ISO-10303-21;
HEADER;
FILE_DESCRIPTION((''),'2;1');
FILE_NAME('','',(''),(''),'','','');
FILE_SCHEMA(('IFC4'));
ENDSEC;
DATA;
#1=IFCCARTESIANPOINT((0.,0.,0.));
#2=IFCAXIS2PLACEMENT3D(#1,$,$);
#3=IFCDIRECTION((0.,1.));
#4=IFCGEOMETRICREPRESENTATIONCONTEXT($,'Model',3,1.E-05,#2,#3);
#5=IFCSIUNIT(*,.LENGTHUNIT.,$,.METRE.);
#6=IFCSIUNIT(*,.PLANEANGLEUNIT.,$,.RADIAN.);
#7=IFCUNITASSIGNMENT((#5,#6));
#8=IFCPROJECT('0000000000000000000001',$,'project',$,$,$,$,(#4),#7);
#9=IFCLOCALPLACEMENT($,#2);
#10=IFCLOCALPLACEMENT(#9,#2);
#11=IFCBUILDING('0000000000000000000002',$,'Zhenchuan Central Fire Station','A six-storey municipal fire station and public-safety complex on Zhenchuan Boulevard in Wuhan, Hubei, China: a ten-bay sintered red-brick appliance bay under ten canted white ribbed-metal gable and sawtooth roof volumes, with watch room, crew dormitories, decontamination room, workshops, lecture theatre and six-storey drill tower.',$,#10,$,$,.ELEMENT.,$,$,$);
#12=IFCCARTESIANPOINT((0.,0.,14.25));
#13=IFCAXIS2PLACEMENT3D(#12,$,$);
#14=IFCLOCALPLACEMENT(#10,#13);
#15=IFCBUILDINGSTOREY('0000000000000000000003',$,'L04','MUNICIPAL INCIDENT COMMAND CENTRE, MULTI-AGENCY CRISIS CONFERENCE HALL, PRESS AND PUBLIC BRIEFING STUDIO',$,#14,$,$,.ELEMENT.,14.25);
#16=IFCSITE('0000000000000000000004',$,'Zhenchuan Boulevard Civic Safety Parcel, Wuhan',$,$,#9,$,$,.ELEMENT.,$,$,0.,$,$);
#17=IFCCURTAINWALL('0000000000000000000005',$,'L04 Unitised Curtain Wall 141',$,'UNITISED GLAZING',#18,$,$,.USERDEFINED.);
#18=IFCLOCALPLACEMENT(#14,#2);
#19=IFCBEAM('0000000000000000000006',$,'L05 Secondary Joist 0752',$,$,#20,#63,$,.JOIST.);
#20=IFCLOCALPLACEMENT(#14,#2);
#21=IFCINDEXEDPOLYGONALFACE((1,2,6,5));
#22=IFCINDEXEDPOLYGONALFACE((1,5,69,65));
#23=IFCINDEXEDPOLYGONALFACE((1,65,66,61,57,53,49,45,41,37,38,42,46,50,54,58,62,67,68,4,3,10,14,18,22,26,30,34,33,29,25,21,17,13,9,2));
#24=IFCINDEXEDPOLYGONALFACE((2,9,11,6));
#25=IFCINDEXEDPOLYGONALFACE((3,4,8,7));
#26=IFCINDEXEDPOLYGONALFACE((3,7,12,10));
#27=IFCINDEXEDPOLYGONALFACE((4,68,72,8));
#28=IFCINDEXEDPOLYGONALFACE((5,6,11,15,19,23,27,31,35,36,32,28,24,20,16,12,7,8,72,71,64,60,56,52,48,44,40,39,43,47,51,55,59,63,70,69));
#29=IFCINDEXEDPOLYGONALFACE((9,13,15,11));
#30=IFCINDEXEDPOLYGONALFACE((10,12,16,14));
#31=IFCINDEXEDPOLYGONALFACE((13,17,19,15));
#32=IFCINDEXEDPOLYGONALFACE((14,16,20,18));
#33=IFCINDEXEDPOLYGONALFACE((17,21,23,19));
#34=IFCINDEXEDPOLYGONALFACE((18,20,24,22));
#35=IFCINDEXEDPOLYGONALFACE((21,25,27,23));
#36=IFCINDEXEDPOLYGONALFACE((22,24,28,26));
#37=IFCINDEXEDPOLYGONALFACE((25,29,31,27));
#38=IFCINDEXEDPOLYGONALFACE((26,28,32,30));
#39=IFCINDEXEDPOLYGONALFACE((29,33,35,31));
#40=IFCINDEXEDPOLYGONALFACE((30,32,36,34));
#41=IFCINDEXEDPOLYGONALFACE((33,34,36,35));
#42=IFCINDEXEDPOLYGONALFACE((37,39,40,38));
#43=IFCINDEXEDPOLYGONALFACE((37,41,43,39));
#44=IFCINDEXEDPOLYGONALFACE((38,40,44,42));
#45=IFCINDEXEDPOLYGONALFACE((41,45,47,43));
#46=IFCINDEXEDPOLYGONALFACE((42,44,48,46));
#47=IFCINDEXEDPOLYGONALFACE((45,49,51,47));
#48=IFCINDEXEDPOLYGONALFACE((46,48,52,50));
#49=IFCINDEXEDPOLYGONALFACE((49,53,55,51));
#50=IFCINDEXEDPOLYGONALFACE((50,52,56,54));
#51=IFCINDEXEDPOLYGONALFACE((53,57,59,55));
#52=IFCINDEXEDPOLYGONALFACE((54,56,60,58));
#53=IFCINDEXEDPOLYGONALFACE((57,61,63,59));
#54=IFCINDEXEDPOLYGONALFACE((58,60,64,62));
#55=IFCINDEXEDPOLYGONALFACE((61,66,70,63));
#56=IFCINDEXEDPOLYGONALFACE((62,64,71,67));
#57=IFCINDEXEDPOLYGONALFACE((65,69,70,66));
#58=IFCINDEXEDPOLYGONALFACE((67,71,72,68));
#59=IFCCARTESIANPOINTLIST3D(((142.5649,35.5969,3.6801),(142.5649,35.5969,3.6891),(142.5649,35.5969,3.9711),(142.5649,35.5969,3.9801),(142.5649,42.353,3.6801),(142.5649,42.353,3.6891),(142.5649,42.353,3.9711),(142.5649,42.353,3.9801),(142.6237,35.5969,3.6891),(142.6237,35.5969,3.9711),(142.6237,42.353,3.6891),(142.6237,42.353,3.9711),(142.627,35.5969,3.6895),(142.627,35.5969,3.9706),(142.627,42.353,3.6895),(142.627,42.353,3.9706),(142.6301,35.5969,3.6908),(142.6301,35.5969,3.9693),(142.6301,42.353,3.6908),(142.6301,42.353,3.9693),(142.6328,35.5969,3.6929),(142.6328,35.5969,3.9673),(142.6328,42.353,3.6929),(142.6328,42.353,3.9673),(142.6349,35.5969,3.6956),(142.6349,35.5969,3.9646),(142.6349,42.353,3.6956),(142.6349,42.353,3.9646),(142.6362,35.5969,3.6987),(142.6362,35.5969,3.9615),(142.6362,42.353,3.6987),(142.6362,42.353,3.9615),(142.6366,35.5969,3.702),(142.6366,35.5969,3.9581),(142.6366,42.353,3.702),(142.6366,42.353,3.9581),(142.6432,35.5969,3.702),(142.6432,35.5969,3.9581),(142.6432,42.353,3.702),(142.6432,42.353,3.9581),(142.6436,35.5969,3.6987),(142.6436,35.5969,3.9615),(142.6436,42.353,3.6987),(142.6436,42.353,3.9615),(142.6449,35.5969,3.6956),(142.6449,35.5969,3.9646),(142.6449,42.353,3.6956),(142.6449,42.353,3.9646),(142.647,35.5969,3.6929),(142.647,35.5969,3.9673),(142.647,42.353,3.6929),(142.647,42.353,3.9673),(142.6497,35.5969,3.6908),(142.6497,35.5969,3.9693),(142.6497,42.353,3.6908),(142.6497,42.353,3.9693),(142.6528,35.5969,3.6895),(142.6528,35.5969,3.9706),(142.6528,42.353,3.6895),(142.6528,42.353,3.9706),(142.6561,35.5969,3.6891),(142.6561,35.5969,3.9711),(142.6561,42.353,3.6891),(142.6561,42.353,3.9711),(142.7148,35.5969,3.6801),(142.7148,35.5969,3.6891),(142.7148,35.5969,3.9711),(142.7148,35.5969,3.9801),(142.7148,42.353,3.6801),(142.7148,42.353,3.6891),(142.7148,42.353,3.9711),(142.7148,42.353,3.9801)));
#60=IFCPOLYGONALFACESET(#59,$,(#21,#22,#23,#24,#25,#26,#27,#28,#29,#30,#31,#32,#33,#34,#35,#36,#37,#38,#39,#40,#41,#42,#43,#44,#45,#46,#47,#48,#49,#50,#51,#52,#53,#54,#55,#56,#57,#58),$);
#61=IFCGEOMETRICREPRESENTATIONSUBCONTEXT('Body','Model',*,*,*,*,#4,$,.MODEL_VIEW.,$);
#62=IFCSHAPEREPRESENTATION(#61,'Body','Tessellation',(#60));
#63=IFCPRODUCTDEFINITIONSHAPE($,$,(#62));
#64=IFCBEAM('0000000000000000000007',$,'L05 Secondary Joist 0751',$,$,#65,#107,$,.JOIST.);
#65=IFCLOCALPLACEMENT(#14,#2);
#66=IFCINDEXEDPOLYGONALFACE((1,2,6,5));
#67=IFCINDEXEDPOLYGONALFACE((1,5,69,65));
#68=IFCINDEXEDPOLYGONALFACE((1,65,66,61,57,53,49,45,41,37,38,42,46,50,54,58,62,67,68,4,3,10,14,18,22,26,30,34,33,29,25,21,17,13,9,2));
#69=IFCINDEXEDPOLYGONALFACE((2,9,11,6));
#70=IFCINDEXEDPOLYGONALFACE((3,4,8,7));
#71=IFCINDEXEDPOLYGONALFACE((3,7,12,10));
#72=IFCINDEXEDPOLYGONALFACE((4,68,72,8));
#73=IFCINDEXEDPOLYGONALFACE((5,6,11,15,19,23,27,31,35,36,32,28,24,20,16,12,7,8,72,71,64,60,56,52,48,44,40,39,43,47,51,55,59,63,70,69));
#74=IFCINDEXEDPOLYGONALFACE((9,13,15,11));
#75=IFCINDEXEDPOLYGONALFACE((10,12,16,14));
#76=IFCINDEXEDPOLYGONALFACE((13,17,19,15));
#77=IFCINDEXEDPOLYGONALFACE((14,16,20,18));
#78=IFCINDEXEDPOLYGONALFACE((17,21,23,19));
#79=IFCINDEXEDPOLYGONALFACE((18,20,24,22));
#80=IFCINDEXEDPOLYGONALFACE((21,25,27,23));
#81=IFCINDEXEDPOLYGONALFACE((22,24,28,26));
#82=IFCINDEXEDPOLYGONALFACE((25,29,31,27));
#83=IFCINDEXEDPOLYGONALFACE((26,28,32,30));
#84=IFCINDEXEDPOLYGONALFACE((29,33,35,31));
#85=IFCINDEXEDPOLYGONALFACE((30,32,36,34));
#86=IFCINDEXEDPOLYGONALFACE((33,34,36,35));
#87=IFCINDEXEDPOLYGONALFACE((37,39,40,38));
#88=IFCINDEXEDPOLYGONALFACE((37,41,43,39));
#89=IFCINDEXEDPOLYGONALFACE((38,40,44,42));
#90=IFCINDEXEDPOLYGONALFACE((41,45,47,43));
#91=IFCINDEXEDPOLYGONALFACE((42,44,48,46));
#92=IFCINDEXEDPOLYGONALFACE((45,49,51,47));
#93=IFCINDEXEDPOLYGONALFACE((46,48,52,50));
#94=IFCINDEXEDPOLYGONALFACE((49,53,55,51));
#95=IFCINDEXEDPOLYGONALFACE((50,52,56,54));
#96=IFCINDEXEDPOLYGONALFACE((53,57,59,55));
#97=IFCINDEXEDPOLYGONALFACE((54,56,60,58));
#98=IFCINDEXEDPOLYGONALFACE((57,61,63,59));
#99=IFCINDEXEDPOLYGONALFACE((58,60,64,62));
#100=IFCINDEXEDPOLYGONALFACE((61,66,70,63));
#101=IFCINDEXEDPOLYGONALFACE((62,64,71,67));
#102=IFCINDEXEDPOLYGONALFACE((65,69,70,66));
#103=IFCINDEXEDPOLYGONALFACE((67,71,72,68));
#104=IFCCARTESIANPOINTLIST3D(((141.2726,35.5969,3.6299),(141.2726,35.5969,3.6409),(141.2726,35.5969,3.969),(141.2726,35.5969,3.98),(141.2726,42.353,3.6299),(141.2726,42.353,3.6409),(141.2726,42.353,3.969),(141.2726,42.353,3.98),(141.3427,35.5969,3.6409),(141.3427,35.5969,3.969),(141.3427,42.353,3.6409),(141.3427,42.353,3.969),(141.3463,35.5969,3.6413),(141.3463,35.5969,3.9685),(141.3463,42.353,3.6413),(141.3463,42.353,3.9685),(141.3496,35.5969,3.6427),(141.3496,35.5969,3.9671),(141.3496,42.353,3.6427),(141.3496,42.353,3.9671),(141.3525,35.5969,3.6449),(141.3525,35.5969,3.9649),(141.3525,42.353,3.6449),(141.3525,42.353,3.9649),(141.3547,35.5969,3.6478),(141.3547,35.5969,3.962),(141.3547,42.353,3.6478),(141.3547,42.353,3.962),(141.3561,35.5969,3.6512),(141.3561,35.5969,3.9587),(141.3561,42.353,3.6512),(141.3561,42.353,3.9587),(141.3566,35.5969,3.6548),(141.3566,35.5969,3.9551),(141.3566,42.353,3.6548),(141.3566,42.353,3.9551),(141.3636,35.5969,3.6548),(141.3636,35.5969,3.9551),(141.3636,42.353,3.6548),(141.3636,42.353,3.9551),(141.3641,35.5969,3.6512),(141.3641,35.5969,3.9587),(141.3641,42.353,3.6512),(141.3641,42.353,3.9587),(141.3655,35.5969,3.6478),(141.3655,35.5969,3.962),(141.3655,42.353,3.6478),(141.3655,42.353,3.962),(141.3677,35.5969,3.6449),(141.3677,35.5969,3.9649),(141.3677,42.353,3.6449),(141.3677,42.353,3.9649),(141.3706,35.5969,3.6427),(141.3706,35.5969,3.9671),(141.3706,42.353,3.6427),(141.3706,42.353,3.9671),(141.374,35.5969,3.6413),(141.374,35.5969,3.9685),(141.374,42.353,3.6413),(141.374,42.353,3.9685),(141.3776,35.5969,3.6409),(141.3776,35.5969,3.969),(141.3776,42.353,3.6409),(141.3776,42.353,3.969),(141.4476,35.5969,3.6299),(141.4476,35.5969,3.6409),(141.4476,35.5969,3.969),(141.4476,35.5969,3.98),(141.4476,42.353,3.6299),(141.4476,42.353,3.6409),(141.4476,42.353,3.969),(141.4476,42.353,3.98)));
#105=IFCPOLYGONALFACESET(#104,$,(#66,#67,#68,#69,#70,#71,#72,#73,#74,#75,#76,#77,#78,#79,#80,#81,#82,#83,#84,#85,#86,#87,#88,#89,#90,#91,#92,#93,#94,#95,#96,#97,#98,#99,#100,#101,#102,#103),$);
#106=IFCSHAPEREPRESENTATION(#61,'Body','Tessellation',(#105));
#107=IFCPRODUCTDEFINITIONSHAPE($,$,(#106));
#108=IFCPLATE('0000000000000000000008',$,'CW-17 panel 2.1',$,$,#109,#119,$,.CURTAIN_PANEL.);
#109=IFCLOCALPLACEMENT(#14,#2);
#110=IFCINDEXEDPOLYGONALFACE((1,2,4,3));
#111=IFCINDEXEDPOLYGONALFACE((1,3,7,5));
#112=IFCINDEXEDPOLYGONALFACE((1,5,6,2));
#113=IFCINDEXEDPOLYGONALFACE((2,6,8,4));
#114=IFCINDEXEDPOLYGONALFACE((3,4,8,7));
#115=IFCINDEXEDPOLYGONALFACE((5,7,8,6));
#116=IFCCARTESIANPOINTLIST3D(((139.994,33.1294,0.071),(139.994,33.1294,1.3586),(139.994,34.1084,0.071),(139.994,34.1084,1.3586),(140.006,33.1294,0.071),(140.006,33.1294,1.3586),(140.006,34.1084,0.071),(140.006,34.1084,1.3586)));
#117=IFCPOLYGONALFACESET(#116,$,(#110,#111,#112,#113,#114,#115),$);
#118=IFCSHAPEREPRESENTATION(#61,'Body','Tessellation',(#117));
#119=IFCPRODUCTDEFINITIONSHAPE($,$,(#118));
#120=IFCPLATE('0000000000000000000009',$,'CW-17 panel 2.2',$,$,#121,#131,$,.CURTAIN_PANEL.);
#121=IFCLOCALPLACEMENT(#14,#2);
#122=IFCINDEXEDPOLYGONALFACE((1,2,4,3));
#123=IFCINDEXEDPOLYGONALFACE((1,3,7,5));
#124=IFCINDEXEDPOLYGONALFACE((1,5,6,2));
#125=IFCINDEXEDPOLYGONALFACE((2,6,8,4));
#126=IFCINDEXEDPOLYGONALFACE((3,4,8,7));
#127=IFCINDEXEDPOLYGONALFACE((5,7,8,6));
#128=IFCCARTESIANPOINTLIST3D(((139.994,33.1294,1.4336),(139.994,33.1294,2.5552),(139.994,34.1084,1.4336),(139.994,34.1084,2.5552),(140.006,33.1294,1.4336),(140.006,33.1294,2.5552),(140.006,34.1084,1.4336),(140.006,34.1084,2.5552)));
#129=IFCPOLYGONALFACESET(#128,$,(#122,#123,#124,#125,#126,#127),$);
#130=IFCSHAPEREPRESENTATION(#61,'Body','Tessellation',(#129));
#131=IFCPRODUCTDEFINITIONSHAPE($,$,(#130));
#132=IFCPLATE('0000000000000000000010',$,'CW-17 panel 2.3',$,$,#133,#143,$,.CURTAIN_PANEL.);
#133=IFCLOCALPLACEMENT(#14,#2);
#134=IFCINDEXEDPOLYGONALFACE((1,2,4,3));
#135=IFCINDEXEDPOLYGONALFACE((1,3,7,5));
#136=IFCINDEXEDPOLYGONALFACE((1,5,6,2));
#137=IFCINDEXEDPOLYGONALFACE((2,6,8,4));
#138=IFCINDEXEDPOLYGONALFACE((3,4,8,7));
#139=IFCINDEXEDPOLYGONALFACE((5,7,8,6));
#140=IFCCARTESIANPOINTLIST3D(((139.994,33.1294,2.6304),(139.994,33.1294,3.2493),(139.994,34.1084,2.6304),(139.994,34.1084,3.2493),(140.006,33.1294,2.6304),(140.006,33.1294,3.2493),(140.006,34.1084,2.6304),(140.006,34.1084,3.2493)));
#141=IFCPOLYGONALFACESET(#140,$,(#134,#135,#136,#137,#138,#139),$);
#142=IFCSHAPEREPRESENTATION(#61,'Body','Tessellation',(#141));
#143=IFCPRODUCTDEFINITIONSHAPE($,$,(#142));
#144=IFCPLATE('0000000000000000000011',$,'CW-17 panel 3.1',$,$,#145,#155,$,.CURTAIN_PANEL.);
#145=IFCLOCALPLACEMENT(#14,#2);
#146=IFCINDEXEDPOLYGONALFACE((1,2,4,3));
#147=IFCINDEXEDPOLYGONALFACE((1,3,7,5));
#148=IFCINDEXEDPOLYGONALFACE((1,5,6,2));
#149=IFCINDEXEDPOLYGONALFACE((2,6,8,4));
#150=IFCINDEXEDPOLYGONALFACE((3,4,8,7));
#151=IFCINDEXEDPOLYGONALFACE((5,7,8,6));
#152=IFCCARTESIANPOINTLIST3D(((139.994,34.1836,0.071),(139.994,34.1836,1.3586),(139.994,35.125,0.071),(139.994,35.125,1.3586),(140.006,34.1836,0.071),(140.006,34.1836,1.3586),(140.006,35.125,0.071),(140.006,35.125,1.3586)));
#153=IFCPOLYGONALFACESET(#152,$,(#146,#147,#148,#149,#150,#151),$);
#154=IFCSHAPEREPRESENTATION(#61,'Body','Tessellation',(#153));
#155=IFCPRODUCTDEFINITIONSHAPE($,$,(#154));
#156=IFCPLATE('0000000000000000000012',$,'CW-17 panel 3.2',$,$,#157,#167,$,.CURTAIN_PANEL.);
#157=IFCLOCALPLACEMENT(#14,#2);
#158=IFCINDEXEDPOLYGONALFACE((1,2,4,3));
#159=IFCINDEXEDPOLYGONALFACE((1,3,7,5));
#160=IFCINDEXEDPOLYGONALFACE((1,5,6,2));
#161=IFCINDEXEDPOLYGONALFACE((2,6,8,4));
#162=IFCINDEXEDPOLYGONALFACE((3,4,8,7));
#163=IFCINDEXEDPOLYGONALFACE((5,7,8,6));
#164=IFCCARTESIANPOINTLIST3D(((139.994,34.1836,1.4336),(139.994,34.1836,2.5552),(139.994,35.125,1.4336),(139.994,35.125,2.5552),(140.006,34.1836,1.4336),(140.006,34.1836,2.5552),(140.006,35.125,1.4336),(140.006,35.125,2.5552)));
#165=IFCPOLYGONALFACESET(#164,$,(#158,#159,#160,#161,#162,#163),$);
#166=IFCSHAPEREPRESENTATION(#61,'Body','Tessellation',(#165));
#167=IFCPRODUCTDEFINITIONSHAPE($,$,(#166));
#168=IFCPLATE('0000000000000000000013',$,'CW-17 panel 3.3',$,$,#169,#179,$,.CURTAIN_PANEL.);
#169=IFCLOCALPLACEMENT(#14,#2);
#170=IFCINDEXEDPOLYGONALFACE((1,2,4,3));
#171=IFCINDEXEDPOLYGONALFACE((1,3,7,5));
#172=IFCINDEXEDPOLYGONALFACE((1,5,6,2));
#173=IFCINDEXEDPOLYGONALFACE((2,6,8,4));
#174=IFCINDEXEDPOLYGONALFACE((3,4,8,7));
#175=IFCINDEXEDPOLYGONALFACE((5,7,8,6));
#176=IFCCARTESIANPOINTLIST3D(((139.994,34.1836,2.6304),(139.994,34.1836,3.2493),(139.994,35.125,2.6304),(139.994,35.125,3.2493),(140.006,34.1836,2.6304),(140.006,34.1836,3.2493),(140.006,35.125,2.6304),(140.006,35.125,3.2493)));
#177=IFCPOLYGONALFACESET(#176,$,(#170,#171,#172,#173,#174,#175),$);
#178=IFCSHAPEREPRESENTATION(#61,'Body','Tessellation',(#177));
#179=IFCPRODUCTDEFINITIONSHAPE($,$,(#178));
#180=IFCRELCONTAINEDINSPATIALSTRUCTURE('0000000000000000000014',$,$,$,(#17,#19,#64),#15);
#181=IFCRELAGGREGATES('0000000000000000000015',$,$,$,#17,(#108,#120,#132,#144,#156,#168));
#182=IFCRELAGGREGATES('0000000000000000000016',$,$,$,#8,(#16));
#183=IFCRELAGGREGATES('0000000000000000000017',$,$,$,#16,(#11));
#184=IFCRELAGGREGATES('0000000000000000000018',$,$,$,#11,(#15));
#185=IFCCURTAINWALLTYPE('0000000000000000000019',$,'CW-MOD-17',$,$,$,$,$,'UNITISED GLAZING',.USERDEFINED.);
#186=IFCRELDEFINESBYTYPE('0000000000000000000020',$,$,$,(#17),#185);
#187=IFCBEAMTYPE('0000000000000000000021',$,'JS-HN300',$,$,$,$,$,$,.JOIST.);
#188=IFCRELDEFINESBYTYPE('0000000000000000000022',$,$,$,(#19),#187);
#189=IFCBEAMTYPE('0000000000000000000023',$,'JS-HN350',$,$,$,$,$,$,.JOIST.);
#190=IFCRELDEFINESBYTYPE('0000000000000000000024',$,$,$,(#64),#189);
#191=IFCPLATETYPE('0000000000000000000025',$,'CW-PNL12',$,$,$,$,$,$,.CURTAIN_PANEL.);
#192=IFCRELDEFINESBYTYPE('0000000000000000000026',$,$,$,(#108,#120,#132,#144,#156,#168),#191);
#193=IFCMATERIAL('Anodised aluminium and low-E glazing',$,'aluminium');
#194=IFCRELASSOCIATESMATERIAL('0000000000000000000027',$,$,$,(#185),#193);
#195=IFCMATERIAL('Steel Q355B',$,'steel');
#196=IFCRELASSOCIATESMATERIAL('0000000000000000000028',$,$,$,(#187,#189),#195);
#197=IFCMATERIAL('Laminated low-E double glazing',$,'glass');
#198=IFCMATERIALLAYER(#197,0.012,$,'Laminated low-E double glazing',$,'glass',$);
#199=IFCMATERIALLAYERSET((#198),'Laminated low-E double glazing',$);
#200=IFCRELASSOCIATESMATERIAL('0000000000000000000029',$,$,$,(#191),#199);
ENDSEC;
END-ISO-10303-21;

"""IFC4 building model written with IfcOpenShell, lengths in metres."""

from ifc_helpers import new_model, si_unit, direction, frame, origin, origin_2d, place, context, subcontext, project, spatial, rectangle, i_section, extrude, material, layer, layer_set, material_profile, profile_set, type_object, element, aggregate, save


model = new_model("IFC4")

# Units and contexts
model_context = context("Model", 3, precision=1e-05, world=origin(), true_north=direction((0.0, 1.0)))
body_context = subcontext(model_context, "Body", "Model", "MODEL_VIEW")
ifc_project = project(units=[si_unit("LENGTHUNIT", "METRE"), si_unit("PLANEANGLEUNIT", "RADIAN")], contexts=[model_context])

# Site, building, storey
site_placement = place(None, origin())
site = spatial("IfcSite", under=ifc_project, at=site_placement, Name="Zhenchuan Boulevard Civic Safety Parcel, Wuhan", CompositionType="ELEMENT", RefElevation=0.0)
building_placement = place(site_placement, origin())
building = spatial("IfcBuilding", under=site, at=building_placement, Name="Zhenchuan Central Fire Station", Description="A six-storey municipal fire station and public-safety complex on Zhenchuan Boulevard in Wuhan, Hubei, China: a ten-bay sintered red-brick appliance bay under ten canted white ribbed-metal gable and sawtooth roof volumes, with watch room, crew dormitories, decontamination room, workshops, lecture theatre and six-storey drill tower.", CompositionType="ELEMENT")
storey_placement = place(building_placement, frame((0.0, 0.0, 14.25)))
storey = spatial("IfcBuildingStorey", under=building, at=storey_placement, Name="L04", Description="MUNICIPAL INCIDENT COMMAND CENTRE, MULTI-AGENCY CRISIS CONFERENCE HALL, PRESS AND PUBLIC BRIEFING STUDIO", CompositionType="ELEMENT", Elevation=14.25)

# Shared definitions
ifc_material_1 = material(Name="Steel Q355B", Category="steel")

# Curtain wall
ifc_material_2 = material(Name="Anodised aluminium and low-E glazing", Category="aluminium")
curtain_wall_type_1 = type_object("IfcCurtainWallType", Name="CW-MOD-17", ElementType="UNITISED GLAZING", PredefinedType="USERDEFINED", material=ifc_material_2)
curtain_wall_1_placement = place(storey_placement, origin())
curtain_wall_1 = element("IfcCurtainWall", 1, at=curtain_wall_1_placement, inside=storey, type_object=curtain_wall_type_1, Name="L04 Unitised Curtain Wall 141", ObjectType="UNITISED GLAZING", PredefinedType="USERDEFINED")

# Beams
ifc_material_profile_1 = material_profile(ifc_material_1, i_section(OverallWidth=0.1499, OverallDepth=0.3, WebThickness=0.0066, FlangeThickness=0.009, FilletRadius=0.0129, at=origin_2d()), Name="HN 300x150")
ifc_profile_set_1 = profile_set([ifc_material_profile_1], Name="Steel Q355B")
beam_type_1 = type_object("IfcBeamType", Name="JS-HN300", PredefinedType="JOIST", material=ifc_profile_set_1)
beam_1_placement = place(storey_placement, frame((142.6399, 35.5969, 3.8301), z_axis=(0.0, 1.0, 0.0), x_axis=(-1.0, 0.0, 0.0)))
element("IfcBeam", 2, at=beam_1_placement, inside=storey, type_object=beam_type_1, Name="L05 Secondary Joist 0752", PredefinedType="JOIST", context=body_context, shape_type="SweptSolid", body=[
    extrude(i_section(OverallWidth=0.1499, OverallDepth=0.3, WebThickness=0.0066, FlangeThickness=0.009, FilletRadius=0.0129, at=origin_2d()), origin(), (0.0, 0.0, 1.0), 6.7561),
])
ifc_material_profile_2 = material_profile(ifc_material_1, i_section(OverallWidth=0.175, OverallDepth=0.3501, WebThickness=0.0071, FlangeThickness=0.011, FilletRadius=0.0139, at=origin_2d()), Name="HN 350x175")
ifc_profile_set_2 = profile_set([ifc_material_profile_2], Name="Steel Q355B")
beam_type_2 = type_object("IfcBeamType", Name="JS-HN350", PredefinedType="JOIST", material=ifc_profile_set_2)
beam_2_placement = place(storey_placement, frame((141.3601, 35.5969, 3.8049), z_axis=(0.0, 1.0, 0.0), x_axis=(-1.0, 0.0, 0.0)))
element("IfcBeam", 3, at=beam_2_placement, inside=storey, type_object=beam_type_2, Name="L05 Secondary Joist 0751", PredefinedType="JOIST", context=body_context, shape_type="SweptSolid", body=[
    extrude(i_section(OverallWidth=0.175, OverallDepth=0.3501, WebThickness=0.0071, FlangeThickness=0.011, FilletRadius=0.0139, at=origin_2d()), origin(), (0.0, 0.0, 1.0), 6.7561),
])

# Plates
ifc_material_3 = material(Name="Laminated low-E double glazing", Category="glass")
ifc_layer_1 = layer(ifc_material_3, 0.012, Name="Laminated low-E double glazing", Category="glass")
ifc_layer_set_1 = layer_set([ifc_layer_1], Name="Laminated low-E double glazing")
plate_type = type_object("IfcPlateType", Name="CW-PNL12", PredefinedType="CURTAIN_PANEL", material=ifc_layer_set_1)
plate_1_placement = place(storey_placement, frame((140.0, 33.6189, 0.071), z_axis=(0.0, 0.0, 1.0), x_axis=(0.0, 1.0, 0.0)))
plate_1 = element("IfcPlate", 4, at=plate_1_placement, type_object=plate_type, Name="CW-17 panel 2.1", PredefinedType="CURTAIN_PANEL", context=body_context, shape_type="SweptSolid", body=[
    extrude(rectangle(XDim=0.979, YDim=0.012, at=origin_2d()), origin(), (0.0, 0.0, 1.0), 1.2876),
])
plate_2_placement = place(storey_placement, frame((140.0, 33.6189, 1.4336), z_axis=(0.0, 0.0, 1.0), x_axis=(0.0, 1.0, 0.0)))
plate_2 = element("IfcPlate", 5, at=plate_2_placement, type_object=plate_type, Name="CW-17 panel 2.2", PredefinedType="CURTAIN_PANEL", context=body_context, shape_type="SweptSolid", body=[
    extrude(rectangle(XDim=0.979, YDim=0.012, at=origin_2d()), origin(), (0.0, 0.0, 1.0), 1.1216),
])
plate_3_placement = place(storey_placement, frame((140.0, 33.6189, 2.6304), z_axis=(0.0, 0.0, 1.0), x_axis=(0.0, 1.0, 0.0)))
plate_3 = element("IfcPlate", 6, at=plate_3_placement, type_object=plate_type, Name="CW-17 panel 2.3", PredefinedType="CURTAIN_PANEL", context=body_context, shape_type="SweptSolid", body=[
    extrude(rectangle(XDim=0.979, YDim=0.012, at=origin_2d()), origin(), (0.0, 0.0, 1.0), 0.6189),
])
plate_4_placement = place(storey_placement, frame((140.0, 34.6543, 0.071), z_axis=(0.0, 0.0, 1.0), x_axis=(0.0, 1.0, 0.0)))
plate_4 = element("IfcPlate", 7, at=plate_4_placement, type_object=plate_type, Name="CW-17 panel 3.1", PredefinedType="CURTAIN_PANEL", context=body_context, shape_type="SweptSolid", body=[
    extrude(rectangle(XDim=0.9414, YDim=0.012, at=origin_2d()), origin(), (0.0, 0.0, 1.0), 1.2876),
])
plate_5_placement = place(storey_placement, frame((140.0, 34.6543, 1.4336), z_axis=(0.0, 0.0, 1.0), x_axis=(0.0, 1.0, 0.0)))
plate_5 = element("IfcPlate", 8, at=plate_5_placement, type_object=plate_type, Name="CW-17 panel 3.2", PredefinedType="CURTAIN_PANEL", context=body_context, shape_type="SweptSolid", body=[
    extrude(rectangle(XDim=0.9414, YDim=0.012, at=origin_2d()), origin(), (0.0, 0.0, 1.0), 1.1216),
])
plate_6_placement = place(storey_placement, frame((140.0, 34.6543, 2.6304), z_axis=(0.0, 0.0, 1.0), x_axis=(0.0, 1.0, 0.0)))
plate_6 = element("IfcPlate", 9, at=plate_6_placement, type_object=plate_type, Name="CW-17 panel 3.3", PredefinedType="CURTAIN_PANEL", context=body_context, shape_type="SweptSolid", body=[
    extrude(rectangle(XDim=0.9414, YDim=0.012, at=origin_2d()), origin(), (0.0, 0.0, 1.0), 0.6189),
])
aggregate(curtain_wall_1, [plate_1, plate_2, plate_3, plate_4, plate_5, plate_6])

save(model, "model.ifc")
